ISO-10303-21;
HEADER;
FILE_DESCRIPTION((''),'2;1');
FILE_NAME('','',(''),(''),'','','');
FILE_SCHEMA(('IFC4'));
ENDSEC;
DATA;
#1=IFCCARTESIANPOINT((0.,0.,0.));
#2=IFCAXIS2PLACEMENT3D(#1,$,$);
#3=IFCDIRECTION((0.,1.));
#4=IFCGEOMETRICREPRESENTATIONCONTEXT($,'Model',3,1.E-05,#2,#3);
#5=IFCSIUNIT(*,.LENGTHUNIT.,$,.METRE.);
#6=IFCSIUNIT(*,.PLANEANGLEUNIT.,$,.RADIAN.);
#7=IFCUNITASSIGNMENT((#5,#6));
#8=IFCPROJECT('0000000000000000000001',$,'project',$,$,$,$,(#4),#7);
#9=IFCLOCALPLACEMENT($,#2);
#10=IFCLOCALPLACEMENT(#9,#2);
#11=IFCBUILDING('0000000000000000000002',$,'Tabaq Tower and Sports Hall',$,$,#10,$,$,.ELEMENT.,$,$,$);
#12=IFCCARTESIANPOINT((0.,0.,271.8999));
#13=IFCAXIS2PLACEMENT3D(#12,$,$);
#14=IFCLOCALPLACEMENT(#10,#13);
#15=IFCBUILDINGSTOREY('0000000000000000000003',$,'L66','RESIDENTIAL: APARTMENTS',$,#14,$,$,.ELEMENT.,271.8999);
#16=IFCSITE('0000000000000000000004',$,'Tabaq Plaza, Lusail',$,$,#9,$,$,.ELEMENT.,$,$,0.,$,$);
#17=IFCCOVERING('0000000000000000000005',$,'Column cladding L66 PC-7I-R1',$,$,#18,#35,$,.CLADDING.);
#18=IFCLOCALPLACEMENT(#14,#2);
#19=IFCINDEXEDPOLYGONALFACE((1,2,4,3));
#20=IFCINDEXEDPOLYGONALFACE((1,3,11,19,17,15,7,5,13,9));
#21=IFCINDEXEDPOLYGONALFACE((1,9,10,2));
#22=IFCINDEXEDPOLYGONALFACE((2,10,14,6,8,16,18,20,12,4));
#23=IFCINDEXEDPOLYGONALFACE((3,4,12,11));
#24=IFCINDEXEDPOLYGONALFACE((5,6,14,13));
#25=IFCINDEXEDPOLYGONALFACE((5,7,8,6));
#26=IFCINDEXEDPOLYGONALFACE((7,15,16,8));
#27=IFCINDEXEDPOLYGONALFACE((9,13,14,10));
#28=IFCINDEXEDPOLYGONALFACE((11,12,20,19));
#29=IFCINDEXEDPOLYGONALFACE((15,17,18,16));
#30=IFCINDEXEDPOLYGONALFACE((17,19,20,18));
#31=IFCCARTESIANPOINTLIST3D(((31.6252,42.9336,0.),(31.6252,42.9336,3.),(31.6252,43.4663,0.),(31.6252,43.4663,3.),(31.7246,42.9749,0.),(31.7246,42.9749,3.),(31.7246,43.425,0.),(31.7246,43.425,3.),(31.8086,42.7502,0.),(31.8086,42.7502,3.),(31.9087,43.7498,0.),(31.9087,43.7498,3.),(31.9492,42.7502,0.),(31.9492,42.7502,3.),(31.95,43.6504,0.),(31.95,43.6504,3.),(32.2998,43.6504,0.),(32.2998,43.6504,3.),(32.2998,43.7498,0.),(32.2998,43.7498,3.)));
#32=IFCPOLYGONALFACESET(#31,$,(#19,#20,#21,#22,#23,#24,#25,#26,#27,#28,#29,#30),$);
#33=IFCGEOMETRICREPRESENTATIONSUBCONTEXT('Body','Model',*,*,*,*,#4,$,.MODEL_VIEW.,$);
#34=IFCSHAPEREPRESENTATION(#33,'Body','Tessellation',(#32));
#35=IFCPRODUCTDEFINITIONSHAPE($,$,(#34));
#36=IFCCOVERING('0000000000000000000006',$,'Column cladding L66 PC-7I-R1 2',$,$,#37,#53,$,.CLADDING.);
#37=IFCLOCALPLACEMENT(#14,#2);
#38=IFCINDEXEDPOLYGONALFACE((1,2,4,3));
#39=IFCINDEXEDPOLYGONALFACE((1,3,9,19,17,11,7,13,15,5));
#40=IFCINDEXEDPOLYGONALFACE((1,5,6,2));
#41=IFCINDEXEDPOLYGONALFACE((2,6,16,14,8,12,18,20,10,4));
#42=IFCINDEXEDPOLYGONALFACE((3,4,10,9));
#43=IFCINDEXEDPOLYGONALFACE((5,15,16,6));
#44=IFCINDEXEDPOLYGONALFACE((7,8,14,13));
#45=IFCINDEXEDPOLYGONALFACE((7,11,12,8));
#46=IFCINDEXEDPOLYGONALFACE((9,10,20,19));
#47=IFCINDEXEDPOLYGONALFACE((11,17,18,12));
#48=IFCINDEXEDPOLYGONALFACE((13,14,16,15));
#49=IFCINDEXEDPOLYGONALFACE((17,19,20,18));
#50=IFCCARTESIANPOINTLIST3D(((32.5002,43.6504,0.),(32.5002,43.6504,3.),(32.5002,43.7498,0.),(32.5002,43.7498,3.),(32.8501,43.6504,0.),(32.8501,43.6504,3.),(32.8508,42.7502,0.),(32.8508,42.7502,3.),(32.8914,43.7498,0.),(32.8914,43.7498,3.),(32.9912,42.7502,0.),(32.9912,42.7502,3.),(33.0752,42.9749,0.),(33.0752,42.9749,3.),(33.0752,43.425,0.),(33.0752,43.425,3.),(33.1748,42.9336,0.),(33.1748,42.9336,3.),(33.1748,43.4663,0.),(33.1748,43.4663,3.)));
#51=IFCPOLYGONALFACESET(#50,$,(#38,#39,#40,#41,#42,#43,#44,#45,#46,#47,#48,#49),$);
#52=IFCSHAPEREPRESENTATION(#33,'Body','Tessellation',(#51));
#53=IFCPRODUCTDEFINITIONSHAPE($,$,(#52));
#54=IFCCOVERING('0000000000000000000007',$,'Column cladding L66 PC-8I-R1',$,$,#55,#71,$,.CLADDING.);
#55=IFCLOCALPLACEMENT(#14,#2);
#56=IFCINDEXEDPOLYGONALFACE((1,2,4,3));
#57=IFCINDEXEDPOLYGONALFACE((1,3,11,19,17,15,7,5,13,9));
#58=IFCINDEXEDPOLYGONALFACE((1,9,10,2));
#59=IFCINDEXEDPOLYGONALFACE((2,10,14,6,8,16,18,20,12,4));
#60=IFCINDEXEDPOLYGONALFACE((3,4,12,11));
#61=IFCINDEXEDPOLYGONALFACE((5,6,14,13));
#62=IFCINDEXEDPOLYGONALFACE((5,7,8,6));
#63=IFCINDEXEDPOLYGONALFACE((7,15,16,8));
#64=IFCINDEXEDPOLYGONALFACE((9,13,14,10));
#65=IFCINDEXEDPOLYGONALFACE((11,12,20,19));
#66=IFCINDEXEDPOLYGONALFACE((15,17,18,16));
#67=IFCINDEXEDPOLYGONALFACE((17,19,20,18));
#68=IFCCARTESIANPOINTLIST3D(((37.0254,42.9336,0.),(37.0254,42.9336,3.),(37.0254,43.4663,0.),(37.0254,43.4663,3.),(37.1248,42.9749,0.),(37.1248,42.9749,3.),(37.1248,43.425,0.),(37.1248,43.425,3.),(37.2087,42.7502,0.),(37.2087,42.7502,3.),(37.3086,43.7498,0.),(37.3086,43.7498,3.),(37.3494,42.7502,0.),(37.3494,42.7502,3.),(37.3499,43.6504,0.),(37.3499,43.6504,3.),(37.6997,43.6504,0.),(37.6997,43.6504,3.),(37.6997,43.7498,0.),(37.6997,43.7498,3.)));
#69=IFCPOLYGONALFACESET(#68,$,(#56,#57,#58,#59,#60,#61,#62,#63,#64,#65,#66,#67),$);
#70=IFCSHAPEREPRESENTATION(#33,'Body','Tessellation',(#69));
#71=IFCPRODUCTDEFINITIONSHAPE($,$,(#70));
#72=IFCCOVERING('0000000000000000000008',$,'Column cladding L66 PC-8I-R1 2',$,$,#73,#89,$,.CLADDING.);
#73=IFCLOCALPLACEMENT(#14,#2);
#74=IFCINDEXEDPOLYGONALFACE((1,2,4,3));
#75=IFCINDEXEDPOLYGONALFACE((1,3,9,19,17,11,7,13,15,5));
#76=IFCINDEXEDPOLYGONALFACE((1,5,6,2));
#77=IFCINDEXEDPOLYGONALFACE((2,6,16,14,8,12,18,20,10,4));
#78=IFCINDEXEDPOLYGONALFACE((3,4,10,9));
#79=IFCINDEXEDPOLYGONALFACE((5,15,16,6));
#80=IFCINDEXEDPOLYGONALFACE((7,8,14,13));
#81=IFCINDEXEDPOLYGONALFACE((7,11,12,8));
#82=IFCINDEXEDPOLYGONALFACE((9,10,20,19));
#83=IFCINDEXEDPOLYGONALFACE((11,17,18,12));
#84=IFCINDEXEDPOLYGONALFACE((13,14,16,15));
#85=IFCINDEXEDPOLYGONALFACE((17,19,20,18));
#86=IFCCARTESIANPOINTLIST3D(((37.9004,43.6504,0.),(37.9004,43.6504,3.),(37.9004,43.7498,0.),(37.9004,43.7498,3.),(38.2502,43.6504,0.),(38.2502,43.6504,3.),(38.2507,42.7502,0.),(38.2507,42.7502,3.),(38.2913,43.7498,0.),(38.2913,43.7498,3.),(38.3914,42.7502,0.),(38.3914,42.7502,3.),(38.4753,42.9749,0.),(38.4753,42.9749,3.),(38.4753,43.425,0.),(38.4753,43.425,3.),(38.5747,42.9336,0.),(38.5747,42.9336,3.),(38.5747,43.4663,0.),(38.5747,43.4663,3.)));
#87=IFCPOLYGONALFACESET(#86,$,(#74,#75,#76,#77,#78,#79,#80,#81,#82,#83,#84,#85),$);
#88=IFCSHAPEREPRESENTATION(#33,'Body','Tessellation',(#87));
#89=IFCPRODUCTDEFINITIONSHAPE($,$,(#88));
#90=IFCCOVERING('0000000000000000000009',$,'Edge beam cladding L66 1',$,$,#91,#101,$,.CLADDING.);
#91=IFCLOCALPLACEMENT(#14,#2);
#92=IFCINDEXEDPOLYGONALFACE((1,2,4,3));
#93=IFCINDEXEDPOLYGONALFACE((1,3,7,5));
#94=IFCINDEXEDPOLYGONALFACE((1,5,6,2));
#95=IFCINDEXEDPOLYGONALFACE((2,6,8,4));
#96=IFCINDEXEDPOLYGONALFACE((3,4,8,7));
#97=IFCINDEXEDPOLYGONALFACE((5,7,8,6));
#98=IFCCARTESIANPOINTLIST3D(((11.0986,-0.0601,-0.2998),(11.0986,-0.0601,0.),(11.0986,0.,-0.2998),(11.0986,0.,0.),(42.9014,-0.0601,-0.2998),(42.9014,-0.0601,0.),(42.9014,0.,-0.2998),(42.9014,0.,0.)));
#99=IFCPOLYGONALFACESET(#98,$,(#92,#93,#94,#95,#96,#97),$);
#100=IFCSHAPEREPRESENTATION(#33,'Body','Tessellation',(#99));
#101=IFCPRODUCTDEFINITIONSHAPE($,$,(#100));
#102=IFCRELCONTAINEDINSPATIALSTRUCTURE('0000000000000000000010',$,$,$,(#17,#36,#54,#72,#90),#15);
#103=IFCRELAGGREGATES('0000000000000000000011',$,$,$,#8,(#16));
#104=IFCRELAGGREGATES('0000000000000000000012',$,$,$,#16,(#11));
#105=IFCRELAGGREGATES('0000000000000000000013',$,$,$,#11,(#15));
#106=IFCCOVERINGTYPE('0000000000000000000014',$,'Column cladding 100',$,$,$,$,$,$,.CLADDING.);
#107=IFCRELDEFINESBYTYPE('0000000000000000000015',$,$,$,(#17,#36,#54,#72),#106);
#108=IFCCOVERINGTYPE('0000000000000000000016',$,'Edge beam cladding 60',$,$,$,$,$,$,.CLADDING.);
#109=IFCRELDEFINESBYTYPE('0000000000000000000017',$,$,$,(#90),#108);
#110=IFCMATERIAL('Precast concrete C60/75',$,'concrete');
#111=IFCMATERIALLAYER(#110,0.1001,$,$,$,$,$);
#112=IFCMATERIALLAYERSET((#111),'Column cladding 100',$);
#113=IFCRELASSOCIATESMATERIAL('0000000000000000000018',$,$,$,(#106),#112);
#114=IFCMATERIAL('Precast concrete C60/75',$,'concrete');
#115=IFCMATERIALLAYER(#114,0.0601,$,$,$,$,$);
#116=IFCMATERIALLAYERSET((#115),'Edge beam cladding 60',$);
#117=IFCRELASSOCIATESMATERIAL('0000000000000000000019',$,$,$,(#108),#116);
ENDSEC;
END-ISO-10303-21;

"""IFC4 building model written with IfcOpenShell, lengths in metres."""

from ifc_helpers import new_model, si_unit, direction, frame, frame_2d, origin, place, context, subcontext, project, spatial, polyline, rectangle, outline, extrude, material, layer, layer_set, type_object, element, save


model = new_model("IFC4")

# Units and contexts
model_context = context("Model", 3, precision=1e-05, world=origin(), true_north=direction((0.0, 1.0)))
body_context = subcontext(model_context, "Body", "Model", "MODEL_VIEW")
ifc_project = project(units=[si_unit("LENGTHUNIT", "METRE"), si_unit("PLANEANGLEUNIT", "RADIAN")], contexts=[model_context])

# Site, building, storey
site_placement = place(None, origin())
site = spatial("IfcSite", under=ifc_project, at=site_placement, Name="Tabaq Plaza, Lusail", CompositionType="ELEMENT", RefElevation=0.0)
building_placement = place(site_placement, origin())
building = spatial("IfcBuilding", under=site, at=building_placement, Name="Tabaq Tower and Sports Hall", CompositionType="ELEMENT")
storey_placement = place(building_placement, frame((0.0, 0.0, 271.8999)))
storey = spatial("IfcBuildingStorey", under=building, at=storey_placement, Name="L66", Description="RESIDENTIAL: APARTMENTS", CompositionType="ELEMENT", Elevation=271.8999)

# Coverings
ifc_material_1 = material(Name="Precast concrete C60/75", Category="concrete")
ifc_layer_1 = layer(ifc_material_1, 0.1001)
ifc_layer_set_1 = layer_set([ifc_layer_1], Name="Column cladding 100")
covering_type_1 = type_object("IfcCoveringType", Name="Column cladding 100", PredefinedType="CLADDING", material=ifc_layer_set_1)
covering_1_placement = place(storey_placement, origin())
element("IfcCovering", 1, at=covering_1_placement, inside=storey, type_object=covering_type_1, Name="Column cladding L66 PC-7I-R1", PredefinedType="CLADDING", context=body_context, shape_type="SweptSolid", body=[
    extrude(outline(polyline([(31.6252, 43.4663), (31.9087, 43.7498), (32.2998, 43.7498), (32.2998, 43.6504), (31.95, 43.6504), (31.7246, 43.425), (31.7246, 42.9749), (31.9492, 42.7502), (31.8086, 42.7502), (31.6252, 42.9336), (31.6252, 43.4663)])), origin(), (0.0, 0.0, 1.0), 3.0),
])
covering_2_placement = place(storey_placement, origin())
element("IfcCovering", 2, at=covering_2_placement, inside=storey, type_object=covering_type_1, Name="Column cladding L66 PC-7I-R1 2", PredefinedType="CLADDING", context=body_context, shape_type="SweptSolid", body=[
    extrude(outline(polyline([(32.8914, 43.7498), (33.1748, 43.4663), (33.1748, 42.9336), (32.9912, 42.7502), (32.8508, 42.7502), (33.0752, 42.9749), (33.0752, 43.425), (32.8501, 43.6504), (32.5002, 43.6504), (32.5002, 43.7498), (32.8914, 43.7498)])), origin(), (0.0, 0.0, 1.0), 3.0),
])
covering_3_placement = place(storey_placement, origin())
element("IfcCovering", 3, at=covering_3_placement, inside=storey, type_object=covering_type_1, Name="Column cladding L66 PC-8I-R1", PredefinedType="CLADDING", context=body_context, shape_type="SweptSolid", body=[
    extrude(outline(polyline([(37.0254, 43.4663), (37.3086, 43.7498), (37.6997, 43.7498), (37.6997, 43.6504), (37.3499, 43.6504), (37.1248, 43.425), (37.1248, 42.9749), (37.3494, 42.7502), (37.2087, 42.7502), (37.0254, 42.9336), (37.0254, 43.4663)])), origin(), (0.0, 0.0, 1.0), 3.0),
])
covering_4_placement = place(storey_placement, origin())
element("IfcCovering", 4, at=covering_4_placement, inside=storey, type_object=covering_type_1, Name="Column cladding L66 PC-8I-R1 2", PredefinedType="CLADDING", context=body_context, shape_type="SweptSolid", body=[
    extrude(outline(polyline([(38.2913, 43.7498), (38.5747, 43.4663), (38.5747, 42.9336), (38.3914, 42.7502), (38.2507, 42.7502), (38.4753, 42.9749), (38.4753, 43.425), (38.2502, 43.6504), (37.9004, 43.6504), (37.9004, 43.7498), (38.2913, 43.7498)])), origin(), (0.0, 0.0, 1.0), 3.0),
])
ifc_material_2 = material(Name="Precast concrete C60/75", Category="concrete")
ifc_layer_2 = layer(ifc_material_2, 0.0601)
ifc_layer_set_2 = layer_set([ifc_layer_2], Name="Edge beam cladding 60")
covering_type_2 = type_object("IfcCoveringType", Name="Edge beam cladding 60", PredefinedType="CLADDING", material=ifc_layer_set_2)
covering_5_placement = place(storey_placement, frame((11.0986, -0.03, -0.2998), z_axis=(0.0, 0.0, 1.0), x_axis=(1.0, 0.0, 0.0)))
element("IfcCovering", 5, at=covering_5_placement, inside=storey, type_object=covering_type_2, Name="Edge beam cladding L66 1", PredefinedType="CLADDING", context=body_context, shape_type="SweptSolid", body=[
    extrude(rectangle(XDim=31.8027, YDim=0.0601, at=frame_2d((15.9014, 0.0))), origin(), (0.0, 0.0, 1.0), 0.2998),
])

save(model, "model.ifc")
